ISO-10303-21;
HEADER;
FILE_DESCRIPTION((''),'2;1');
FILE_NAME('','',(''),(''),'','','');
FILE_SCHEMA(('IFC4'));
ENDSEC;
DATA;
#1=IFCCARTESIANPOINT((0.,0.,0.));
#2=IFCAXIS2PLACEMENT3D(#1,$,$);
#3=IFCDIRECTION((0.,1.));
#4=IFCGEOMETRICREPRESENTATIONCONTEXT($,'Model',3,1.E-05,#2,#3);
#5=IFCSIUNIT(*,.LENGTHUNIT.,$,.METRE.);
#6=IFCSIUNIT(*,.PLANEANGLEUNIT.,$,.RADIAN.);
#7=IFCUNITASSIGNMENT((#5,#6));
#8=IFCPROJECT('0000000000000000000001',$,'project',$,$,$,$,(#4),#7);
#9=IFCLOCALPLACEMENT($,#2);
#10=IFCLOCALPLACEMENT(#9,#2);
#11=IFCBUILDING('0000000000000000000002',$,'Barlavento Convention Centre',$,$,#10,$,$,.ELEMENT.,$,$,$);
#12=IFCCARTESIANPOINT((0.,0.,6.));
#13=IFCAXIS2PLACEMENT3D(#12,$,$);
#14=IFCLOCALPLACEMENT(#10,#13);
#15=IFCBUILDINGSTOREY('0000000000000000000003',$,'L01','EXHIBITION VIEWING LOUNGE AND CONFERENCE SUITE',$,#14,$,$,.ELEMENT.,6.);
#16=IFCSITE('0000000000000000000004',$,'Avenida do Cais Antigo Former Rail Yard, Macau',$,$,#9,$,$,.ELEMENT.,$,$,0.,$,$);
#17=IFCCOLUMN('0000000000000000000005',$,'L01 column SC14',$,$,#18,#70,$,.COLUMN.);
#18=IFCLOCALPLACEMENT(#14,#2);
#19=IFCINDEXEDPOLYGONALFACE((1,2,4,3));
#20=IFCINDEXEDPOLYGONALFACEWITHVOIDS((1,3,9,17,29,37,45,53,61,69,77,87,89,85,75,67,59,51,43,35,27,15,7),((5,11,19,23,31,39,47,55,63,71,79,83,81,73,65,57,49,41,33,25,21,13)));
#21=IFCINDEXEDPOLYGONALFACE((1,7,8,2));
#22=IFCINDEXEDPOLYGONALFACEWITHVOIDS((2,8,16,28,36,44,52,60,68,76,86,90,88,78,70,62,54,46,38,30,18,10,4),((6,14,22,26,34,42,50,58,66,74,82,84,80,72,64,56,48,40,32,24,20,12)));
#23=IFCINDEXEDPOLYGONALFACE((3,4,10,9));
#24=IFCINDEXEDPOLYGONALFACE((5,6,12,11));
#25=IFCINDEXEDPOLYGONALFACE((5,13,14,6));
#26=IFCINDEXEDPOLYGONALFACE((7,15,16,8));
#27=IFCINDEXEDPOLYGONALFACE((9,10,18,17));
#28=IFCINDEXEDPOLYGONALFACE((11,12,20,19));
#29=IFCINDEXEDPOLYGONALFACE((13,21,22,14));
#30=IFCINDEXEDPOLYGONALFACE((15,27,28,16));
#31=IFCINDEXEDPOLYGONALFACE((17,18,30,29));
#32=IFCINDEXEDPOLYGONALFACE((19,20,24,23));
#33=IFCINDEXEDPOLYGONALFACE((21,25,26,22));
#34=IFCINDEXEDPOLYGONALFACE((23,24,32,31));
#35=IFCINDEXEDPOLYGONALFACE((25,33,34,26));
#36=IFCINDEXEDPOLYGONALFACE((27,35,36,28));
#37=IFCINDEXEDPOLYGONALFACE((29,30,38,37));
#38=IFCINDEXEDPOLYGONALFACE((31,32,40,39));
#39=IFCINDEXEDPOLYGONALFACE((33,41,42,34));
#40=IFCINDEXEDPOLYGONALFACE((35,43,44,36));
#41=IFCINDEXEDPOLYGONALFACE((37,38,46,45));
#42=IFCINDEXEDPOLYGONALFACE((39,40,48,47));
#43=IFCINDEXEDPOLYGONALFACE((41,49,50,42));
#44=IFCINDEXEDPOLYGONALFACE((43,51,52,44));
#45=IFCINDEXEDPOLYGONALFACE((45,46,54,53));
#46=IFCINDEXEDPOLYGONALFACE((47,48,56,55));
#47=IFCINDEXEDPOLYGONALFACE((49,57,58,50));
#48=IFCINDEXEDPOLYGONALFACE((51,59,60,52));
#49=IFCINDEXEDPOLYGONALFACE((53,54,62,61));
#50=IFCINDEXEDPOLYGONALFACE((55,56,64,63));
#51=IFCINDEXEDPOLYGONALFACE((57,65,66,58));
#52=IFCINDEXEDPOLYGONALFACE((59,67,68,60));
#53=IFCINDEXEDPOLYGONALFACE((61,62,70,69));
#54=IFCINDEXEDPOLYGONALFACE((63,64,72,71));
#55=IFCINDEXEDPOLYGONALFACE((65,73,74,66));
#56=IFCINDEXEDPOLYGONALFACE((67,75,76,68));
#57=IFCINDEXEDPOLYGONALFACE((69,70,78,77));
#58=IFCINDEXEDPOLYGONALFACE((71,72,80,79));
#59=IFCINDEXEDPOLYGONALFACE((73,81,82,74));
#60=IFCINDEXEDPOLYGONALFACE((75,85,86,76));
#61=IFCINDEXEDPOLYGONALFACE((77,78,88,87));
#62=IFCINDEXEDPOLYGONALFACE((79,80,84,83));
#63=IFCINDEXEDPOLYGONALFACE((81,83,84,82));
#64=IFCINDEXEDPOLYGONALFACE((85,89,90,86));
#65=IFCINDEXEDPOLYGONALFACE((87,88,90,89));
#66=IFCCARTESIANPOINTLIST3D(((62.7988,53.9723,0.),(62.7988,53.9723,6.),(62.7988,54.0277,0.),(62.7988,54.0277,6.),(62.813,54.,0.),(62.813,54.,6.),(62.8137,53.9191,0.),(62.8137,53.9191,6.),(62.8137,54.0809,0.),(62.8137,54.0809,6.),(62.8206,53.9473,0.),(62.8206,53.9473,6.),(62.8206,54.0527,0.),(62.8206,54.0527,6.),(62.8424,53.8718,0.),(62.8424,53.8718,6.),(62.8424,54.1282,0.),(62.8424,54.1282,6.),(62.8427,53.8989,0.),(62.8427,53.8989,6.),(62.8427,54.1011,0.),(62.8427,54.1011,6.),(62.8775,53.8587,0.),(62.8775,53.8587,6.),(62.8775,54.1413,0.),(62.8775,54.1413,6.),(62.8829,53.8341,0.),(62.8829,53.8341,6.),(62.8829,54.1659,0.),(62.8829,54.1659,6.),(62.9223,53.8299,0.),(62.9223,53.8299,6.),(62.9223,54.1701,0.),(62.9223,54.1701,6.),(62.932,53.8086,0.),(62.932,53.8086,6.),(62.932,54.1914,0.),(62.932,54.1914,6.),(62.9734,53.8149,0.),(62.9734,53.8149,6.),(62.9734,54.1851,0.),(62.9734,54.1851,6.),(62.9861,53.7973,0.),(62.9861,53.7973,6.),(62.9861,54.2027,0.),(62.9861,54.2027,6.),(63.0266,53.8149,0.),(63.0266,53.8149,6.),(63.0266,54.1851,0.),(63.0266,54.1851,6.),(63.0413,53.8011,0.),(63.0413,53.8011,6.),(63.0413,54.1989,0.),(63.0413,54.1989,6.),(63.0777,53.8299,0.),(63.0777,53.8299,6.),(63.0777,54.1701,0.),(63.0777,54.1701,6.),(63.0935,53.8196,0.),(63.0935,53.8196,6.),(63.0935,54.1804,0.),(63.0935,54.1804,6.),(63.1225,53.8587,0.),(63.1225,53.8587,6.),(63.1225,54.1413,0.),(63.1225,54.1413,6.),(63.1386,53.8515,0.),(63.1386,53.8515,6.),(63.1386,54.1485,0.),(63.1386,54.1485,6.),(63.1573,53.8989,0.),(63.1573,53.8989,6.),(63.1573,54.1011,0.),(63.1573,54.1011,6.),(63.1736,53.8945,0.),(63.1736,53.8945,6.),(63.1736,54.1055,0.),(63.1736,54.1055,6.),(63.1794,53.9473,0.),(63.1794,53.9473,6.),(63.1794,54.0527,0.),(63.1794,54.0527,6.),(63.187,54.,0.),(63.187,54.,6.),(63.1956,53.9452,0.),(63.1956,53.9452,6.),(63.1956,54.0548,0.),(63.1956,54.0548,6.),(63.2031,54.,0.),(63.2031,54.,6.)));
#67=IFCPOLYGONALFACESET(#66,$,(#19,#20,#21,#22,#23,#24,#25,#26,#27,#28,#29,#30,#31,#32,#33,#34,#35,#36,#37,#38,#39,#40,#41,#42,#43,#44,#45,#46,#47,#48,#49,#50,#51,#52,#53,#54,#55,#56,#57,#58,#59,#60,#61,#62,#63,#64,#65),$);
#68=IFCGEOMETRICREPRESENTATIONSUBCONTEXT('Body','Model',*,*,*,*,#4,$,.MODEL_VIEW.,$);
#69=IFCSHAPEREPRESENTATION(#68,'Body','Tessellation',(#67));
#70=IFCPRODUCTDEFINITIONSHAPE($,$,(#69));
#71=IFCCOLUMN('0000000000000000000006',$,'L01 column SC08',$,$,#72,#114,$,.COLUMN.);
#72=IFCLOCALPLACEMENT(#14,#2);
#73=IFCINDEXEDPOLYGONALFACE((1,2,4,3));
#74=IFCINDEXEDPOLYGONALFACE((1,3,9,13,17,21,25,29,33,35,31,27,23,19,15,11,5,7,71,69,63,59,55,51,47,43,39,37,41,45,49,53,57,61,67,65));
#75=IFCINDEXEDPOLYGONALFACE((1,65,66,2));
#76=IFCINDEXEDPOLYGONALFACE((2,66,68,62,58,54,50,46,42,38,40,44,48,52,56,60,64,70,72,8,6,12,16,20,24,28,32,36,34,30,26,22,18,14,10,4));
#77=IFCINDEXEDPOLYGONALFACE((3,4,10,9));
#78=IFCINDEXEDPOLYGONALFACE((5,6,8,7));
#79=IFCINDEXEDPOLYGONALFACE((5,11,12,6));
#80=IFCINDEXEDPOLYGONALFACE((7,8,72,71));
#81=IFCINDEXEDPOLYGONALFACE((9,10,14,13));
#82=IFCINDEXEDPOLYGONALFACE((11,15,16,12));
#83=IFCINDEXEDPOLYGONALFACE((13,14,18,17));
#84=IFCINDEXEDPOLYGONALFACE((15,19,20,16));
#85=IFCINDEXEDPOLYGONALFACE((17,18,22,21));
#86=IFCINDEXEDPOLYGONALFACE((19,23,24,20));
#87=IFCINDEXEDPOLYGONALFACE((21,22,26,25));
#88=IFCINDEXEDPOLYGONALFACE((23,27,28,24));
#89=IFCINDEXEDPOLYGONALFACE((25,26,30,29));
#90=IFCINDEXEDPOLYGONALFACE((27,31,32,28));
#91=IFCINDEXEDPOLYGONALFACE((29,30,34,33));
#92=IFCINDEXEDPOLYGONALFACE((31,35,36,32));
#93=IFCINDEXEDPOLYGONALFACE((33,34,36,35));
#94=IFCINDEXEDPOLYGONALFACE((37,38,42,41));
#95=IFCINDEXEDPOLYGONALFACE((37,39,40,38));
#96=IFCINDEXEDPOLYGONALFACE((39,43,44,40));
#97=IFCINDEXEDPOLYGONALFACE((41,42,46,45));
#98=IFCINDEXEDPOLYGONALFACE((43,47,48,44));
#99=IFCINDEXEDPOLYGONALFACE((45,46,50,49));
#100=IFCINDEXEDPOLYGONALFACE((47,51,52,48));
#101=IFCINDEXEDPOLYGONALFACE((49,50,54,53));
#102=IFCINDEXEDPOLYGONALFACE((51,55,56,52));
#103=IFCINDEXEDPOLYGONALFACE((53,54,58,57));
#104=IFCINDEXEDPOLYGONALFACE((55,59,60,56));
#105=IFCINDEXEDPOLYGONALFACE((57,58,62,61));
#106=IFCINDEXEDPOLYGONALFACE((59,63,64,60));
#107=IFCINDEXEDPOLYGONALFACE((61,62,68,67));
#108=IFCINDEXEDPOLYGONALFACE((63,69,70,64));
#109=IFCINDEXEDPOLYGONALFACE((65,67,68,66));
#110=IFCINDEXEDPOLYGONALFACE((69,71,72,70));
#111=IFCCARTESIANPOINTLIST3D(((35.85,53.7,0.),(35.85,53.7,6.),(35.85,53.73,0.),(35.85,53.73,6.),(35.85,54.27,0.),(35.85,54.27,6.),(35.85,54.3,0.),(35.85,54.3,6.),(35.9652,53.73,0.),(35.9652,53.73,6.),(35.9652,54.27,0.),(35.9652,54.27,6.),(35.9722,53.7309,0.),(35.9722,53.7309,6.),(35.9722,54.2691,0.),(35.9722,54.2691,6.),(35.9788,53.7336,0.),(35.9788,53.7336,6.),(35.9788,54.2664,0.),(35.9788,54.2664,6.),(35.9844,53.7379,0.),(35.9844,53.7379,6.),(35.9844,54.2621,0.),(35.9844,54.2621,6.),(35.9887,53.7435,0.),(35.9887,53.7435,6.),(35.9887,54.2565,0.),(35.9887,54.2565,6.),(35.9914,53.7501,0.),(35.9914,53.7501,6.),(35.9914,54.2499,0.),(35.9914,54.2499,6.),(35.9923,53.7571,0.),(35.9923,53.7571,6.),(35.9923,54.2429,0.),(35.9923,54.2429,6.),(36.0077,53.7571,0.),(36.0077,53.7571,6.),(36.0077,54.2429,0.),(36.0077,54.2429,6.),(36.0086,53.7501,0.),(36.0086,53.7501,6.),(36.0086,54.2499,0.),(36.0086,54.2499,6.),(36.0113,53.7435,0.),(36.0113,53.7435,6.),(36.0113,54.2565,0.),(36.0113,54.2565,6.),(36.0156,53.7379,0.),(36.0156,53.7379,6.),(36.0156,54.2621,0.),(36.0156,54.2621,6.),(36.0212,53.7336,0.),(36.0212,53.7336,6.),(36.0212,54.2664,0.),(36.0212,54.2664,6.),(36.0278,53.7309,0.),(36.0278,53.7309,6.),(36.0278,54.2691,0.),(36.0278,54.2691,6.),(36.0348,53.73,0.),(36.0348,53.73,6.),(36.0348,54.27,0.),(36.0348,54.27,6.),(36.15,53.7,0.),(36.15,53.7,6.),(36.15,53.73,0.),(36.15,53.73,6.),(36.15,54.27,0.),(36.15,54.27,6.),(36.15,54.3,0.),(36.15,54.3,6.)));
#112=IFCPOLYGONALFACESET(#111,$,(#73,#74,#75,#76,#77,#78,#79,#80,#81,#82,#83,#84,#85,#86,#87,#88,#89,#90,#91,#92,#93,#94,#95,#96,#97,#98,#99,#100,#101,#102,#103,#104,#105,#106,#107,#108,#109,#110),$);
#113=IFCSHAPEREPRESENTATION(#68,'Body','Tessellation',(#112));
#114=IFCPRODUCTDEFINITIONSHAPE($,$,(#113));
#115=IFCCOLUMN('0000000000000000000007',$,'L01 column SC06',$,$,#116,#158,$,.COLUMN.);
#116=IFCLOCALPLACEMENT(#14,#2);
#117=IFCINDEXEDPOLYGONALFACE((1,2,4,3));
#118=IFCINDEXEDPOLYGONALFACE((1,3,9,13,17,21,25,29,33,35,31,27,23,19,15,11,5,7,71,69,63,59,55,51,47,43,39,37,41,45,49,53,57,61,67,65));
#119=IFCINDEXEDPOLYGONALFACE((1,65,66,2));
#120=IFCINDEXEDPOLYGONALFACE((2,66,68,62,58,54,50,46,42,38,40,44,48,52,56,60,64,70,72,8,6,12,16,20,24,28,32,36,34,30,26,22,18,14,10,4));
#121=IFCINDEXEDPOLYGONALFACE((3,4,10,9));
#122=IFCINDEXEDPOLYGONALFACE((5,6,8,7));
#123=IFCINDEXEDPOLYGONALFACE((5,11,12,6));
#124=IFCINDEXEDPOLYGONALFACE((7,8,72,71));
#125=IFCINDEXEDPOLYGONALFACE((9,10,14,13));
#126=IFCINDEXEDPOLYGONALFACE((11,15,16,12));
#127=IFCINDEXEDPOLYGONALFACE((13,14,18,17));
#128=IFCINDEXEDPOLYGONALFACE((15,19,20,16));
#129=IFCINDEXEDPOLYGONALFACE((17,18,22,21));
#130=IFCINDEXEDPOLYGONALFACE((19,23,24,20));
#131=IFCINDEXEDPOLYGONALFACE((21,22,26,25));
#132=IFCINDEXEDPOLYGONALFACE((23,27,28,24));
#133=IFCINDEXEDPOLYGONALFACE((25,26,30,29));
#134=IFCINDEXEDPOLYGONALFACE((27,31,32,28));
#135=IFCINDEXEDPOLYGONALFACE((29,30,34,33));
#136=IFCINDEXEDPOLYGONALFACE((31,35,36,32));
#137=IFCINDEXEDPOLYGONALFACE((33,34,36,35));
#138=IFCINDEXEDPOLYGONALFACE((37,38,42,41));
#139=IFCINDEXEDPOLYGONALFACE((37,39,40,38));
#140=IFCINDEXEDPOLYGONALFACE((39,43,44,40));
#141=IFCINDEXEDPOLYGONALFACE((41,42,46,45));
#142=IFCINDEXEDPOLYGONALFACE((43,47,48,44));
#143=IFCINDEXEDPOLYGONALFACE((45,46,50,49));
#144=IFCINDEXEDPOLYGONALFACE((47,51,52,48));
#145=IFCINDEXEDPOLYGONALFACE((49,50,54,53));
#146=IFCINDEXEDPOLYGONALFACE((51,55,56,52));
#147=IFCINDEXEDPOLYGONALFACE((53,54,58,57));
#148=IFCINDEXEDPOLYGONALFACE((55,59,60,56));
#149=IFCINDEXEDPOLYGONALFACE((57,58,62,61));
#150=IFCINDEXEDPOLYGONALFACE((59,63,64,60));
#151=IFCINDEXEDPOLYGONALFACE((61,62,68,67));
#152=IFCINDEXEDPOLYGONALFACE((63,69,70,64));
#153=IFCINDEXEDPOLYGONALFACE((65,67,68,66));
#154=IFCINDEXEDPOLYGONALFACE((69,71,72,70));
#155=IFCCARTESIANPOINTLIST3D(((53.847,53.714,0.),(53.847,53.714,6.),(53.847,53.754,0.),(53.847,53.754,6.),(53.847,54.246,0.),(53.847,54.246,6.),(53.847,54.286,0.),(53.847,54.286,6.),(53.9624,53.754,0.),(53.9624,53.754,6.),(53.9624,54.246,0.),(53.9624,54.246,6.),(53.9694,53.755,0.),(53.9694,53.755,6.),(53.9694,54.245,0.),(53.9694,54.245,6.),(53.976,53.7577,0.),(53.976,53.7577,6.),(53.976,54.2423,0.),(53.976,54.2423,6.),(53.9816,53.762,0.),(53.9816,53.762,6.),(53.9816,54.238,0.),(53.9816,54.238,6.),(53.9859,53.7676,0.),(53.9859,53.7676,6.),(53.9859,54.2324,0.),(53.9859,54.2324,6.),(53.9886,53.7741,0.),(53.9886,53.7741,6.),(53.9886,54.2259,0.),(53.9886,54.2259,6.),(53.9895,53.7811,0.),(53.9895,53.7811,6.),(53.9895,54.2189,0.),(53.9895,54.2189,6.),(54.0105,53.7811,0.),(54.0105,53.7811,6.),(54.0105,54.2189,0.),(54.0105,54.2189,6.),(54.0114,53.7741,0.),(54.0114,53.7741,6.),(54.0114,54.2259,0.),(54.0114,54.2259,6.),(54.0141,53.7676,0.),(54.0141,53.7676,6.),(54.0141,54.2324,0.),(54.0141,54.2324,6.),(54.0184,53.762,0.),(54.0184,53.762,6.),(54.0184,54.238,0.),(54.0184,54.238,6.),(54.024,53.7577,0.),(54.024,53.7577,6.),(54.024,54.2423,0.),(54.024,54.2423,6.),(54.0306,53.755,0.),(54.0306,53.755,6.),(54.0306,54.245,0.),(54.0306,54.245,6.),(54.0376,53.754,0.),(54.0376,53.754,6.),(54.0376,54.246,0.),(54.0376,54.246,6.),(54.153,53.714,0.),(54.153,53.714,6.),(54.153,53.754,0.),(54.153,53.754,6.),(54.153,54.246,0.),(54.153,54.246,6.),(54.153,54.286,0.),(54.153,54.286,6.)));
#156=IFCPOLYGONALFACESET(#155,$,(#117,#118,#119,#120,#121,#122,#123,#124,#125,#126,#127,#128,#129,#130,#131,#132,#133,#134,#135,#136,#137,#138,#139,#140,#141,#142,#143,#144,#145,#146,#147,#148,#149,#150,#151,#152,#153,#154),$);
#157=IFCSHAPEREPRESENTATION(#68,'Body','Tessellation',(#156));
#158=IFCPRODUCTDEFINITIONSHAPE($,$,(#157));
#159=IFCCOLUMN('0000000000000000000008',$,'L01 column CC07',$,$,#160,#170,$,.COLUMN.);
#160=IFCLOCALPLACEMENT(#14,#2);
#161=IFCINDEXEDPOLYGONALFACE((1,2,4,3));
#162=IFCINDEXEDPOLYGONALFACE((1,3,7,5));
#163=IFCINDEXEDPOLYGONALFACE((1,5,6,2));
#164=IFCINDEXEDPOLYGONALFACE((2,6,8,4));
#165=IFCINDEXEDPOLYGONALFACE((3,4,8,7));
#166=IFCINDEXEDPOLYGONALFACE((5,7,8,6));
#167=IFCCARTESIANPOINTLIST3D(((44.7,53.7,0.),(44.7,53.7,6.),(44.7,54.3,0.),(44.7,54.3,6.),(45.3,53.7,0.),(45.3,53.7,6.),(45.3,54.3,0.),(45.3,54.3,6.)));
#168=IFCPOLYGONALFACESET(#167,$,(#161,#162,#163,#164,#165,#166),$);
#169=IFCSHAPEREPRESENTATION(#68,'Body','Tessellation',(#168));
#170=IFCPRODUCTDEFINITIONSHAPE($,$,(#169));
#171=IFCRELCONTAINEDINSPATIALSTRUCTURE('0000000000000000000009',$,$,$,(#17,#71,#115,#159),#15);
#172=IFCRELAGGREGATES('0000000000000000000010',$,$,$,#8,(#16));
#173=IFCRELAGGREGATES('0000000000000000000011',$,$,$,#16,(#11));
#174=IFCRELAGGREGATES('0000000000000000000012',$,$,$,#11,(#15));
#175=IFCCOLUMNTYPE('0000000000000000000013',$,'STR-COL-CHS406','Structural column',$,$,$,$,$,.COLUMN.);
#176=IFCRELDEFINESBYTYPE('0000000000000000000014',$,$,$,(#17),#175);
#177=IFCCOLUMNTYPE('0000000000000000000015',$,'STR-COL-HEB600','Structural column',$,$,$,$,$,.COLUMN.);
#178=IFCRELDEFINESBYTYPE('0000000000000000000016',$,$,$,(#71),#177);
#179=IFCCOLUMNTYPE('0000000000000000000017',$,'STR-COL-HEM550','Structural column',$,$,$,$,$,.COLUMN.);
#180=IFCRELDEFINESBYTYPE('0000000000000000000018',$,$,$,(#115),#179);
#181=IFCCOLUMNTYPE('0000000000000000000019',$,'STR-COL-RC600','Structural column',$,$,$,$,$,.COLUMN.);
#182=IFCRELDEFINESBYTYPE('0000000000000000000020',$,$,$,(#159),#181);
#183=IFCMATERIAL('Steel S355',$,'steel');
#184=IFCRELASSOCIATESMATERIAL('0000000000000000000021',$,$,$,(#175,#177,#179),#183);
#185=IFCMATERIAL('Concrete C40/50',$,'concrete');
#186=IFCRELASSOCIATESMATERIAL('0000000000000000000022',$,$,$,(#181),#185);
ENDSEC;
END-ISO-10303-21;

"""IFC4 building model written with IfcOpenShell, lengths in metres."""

from ifc_helpers import new_model, si_unit, direction, frame, origin, origin_2d, place, context, subcontext, project, spatial, rectangle, hollow_circle, i_section, extrude, material, material_profile, profile_set, type_object, element, save


model = new_model("IFC4")

# Units and contexts
model_context = context("Model", 3, precision=1e-05, world=origin(), true_north=direction((0.0, 1.0)))
body_context = subcontext(model_context, "Body", "Model", "MODEL_VIEW")
ifc_project = project(units=[si_unit("LENGTHUNIT", "METRE"), si_unit("PLANEANGLEUNIT", "RADIAN")], contexts=[model_context])

# Site, building, storey
site_placement = place(None, origin())
site = spatial("IfcSite", under=ifc_project, at=site_placement, Name="Avenida do Cais Antigo Former Rail Yard, Macau", CompositionType="ELEMENT", RefElevation=0.0)
building_placement = place(site_placement, origin())
building = spatial("IfcBuilding", under=site, at=building_placement, Name="Barlavento Convention Centre", CompositionType="ELEMENT")
storey_placement = place(building_placement, frame((0.0, 0.0, 6.0)))
storey = spatial("IfcBuildingStorey", under=building, at=storey_placement, Name="L01", Description="EXHIBITION VIEWING LOUNGE AND CONFERENCE SUITE", CompositionType="ELEMENT", Elevation=6.0)

# Columns
ifc_material_1 = material(Name="Steel S355", Category="steel")
ifc_material_profile_1 = material_profile(ifc_material_1, hollow_circle(Radius=0.2031, WallThickness=0.0161, at=origin_2d()), Name="CHS 406.4x16.0")
ifc_profile_set_1 = profile_set([ifc_material_profile_1], Name="Steel S355")
column_type_1 = type_object("IfcColumnType", Name="STR-COL-CHS406", Description="Structural column", PredefinedType="COLUMN", material=ifc_profile_set_1)
column_1_placement = place(storey_placement, frame((63.0, 54.0, 0.0), z_axis=(0.0, 0.0, 1.0), x_axis=(1.0, 0.0, 0.0)))
element("IfcColumn", 1, at=column_1_placement, inside=storey, type_object=column_type_1, Name="L01 column SC14", PredefinedType="COLUMN", context=body_context, shape_type="SweptSolid", body=[
    extrude(hollow_circle(Radius=0.2031, WallThickness=0.0161, at=origin_2d()), origin(), (0.0, 0.0, 1.0), 6.0),
])
ifc_material_profile_2 = material_profile(ifc_material_1, i_section(OverallWidth=0.3, OverallDepth=0.6001, WebThickness=0.0154, FlangeThickness=0.03, FilletRadius=0.0271, at=origin_2d()), Name="HEB 600")
ifc_profile_set_2 = profile_set([ifc_material_profile_2], Name="Steel S355")
column_type_2 = type_object("IfcColumnType", Name="STR-COL-HEB600", Description="Structural column", PredefinedType="COLUMN", material=ifc_profile_set_2)
column_2_placement = place(storey_placement, frame((36.0, 54.0, 0.0), z_axis=(0.0, 0.0, 1.0), x_axis=(1.0, 0.0, 0.0)))
element("IfcColumn", 2, at=column_2_placement, inside=storey, type_object=column_type_2, Name="L01 column SC08", PredefinedType="COLUMN", context=body_context, shape_type="SweptSolid", body=[
    extrude(i_section(OverallWidth=0.3, OverallDepth=0.6001, WebThickness=0.0154, FlangeThickness=0.03, FilletRadius=0.0271, at=origin_2d()), origin(), (0.0, 0.0, 1.0), 6.0),
])
ifc_material_profile_3 = material_profile(ifc_material_1, i_section(OverallWidth=0.3059, OverallDepth=0.572, WebThickness=0.021, FlangeThickness=0.04, FilletRadius=0.0271, at=origin_2d()), Name="HEM 550")
ifc_profile_set_3 = profile_set([ifc_material_profile_3], Name="Steel S355")
column_type_3 = type_object("IfcColumnType", Name="STR-COL-HEM550", Description="Structural column", PredefinedType="COLUMN", material=ifc_profile_set_3)
column_3_placement = place(storey_placement, frame((54.0, 54.0, 0.0), z_axis=(0.0, 0.0, 1.0), x_axis=(1.0, 0.0, 0.0)))
element("IfcColumn", 3, at=column_3_placement, inside=storey, type_object=column_type_3, Name="L01 column SC06", PredefinedType="COLUMN", context=body_context, shape_type="SweptSolid", body=[
    extrude(i_section(OverallWidth=0.3059, OverallDepth=0.572, WebThickness=0.021, FlangeThickness=0.04, FilletRadius=0.0271, at=origin_2d()), origin(), (0.0, 0.0, 1.0), 6.0),
])
ifc_material_2 = material(Name="Concrete C40/50", Category="concrete")
ifc_material_profile_4 = material_profile(ifc_material_2, rectangle(XDim=0.6001, YDim=0.6001, at=origin_2d()), Name="RC 600x600")
ifc_profile_set_4 = profile_set([ifc_material_profile_4], Name="Concrete C40/50")
column_type_4 = type_object("IfcColumnType", Name="STR-COL-RC600", Description="Structural column", PredefinedType="COLUMN", material=ifc_profile_set_4)
column_4_placement = place(storey_placement, frame((45.0, 54.0, 0.0), z_axis=(0.0, 0.0, 1.0), x_axis=(1.0, 0.0, 0.0)))
element("IfcColumn", 4, at=column_4_placement, inside=storey, type_object=column_type_4, Name="L01 column CC07", PredefinedType="COLUMN", context=body_context, shape_type="SweptSolid", body=[
    extrude(rectangle(XDim=0.6001, YDim=0.6001, at=origin_2d()), origin(), (0.0, 0.0, 1.0), 6.0),
])

save(model, "model.ifc")
